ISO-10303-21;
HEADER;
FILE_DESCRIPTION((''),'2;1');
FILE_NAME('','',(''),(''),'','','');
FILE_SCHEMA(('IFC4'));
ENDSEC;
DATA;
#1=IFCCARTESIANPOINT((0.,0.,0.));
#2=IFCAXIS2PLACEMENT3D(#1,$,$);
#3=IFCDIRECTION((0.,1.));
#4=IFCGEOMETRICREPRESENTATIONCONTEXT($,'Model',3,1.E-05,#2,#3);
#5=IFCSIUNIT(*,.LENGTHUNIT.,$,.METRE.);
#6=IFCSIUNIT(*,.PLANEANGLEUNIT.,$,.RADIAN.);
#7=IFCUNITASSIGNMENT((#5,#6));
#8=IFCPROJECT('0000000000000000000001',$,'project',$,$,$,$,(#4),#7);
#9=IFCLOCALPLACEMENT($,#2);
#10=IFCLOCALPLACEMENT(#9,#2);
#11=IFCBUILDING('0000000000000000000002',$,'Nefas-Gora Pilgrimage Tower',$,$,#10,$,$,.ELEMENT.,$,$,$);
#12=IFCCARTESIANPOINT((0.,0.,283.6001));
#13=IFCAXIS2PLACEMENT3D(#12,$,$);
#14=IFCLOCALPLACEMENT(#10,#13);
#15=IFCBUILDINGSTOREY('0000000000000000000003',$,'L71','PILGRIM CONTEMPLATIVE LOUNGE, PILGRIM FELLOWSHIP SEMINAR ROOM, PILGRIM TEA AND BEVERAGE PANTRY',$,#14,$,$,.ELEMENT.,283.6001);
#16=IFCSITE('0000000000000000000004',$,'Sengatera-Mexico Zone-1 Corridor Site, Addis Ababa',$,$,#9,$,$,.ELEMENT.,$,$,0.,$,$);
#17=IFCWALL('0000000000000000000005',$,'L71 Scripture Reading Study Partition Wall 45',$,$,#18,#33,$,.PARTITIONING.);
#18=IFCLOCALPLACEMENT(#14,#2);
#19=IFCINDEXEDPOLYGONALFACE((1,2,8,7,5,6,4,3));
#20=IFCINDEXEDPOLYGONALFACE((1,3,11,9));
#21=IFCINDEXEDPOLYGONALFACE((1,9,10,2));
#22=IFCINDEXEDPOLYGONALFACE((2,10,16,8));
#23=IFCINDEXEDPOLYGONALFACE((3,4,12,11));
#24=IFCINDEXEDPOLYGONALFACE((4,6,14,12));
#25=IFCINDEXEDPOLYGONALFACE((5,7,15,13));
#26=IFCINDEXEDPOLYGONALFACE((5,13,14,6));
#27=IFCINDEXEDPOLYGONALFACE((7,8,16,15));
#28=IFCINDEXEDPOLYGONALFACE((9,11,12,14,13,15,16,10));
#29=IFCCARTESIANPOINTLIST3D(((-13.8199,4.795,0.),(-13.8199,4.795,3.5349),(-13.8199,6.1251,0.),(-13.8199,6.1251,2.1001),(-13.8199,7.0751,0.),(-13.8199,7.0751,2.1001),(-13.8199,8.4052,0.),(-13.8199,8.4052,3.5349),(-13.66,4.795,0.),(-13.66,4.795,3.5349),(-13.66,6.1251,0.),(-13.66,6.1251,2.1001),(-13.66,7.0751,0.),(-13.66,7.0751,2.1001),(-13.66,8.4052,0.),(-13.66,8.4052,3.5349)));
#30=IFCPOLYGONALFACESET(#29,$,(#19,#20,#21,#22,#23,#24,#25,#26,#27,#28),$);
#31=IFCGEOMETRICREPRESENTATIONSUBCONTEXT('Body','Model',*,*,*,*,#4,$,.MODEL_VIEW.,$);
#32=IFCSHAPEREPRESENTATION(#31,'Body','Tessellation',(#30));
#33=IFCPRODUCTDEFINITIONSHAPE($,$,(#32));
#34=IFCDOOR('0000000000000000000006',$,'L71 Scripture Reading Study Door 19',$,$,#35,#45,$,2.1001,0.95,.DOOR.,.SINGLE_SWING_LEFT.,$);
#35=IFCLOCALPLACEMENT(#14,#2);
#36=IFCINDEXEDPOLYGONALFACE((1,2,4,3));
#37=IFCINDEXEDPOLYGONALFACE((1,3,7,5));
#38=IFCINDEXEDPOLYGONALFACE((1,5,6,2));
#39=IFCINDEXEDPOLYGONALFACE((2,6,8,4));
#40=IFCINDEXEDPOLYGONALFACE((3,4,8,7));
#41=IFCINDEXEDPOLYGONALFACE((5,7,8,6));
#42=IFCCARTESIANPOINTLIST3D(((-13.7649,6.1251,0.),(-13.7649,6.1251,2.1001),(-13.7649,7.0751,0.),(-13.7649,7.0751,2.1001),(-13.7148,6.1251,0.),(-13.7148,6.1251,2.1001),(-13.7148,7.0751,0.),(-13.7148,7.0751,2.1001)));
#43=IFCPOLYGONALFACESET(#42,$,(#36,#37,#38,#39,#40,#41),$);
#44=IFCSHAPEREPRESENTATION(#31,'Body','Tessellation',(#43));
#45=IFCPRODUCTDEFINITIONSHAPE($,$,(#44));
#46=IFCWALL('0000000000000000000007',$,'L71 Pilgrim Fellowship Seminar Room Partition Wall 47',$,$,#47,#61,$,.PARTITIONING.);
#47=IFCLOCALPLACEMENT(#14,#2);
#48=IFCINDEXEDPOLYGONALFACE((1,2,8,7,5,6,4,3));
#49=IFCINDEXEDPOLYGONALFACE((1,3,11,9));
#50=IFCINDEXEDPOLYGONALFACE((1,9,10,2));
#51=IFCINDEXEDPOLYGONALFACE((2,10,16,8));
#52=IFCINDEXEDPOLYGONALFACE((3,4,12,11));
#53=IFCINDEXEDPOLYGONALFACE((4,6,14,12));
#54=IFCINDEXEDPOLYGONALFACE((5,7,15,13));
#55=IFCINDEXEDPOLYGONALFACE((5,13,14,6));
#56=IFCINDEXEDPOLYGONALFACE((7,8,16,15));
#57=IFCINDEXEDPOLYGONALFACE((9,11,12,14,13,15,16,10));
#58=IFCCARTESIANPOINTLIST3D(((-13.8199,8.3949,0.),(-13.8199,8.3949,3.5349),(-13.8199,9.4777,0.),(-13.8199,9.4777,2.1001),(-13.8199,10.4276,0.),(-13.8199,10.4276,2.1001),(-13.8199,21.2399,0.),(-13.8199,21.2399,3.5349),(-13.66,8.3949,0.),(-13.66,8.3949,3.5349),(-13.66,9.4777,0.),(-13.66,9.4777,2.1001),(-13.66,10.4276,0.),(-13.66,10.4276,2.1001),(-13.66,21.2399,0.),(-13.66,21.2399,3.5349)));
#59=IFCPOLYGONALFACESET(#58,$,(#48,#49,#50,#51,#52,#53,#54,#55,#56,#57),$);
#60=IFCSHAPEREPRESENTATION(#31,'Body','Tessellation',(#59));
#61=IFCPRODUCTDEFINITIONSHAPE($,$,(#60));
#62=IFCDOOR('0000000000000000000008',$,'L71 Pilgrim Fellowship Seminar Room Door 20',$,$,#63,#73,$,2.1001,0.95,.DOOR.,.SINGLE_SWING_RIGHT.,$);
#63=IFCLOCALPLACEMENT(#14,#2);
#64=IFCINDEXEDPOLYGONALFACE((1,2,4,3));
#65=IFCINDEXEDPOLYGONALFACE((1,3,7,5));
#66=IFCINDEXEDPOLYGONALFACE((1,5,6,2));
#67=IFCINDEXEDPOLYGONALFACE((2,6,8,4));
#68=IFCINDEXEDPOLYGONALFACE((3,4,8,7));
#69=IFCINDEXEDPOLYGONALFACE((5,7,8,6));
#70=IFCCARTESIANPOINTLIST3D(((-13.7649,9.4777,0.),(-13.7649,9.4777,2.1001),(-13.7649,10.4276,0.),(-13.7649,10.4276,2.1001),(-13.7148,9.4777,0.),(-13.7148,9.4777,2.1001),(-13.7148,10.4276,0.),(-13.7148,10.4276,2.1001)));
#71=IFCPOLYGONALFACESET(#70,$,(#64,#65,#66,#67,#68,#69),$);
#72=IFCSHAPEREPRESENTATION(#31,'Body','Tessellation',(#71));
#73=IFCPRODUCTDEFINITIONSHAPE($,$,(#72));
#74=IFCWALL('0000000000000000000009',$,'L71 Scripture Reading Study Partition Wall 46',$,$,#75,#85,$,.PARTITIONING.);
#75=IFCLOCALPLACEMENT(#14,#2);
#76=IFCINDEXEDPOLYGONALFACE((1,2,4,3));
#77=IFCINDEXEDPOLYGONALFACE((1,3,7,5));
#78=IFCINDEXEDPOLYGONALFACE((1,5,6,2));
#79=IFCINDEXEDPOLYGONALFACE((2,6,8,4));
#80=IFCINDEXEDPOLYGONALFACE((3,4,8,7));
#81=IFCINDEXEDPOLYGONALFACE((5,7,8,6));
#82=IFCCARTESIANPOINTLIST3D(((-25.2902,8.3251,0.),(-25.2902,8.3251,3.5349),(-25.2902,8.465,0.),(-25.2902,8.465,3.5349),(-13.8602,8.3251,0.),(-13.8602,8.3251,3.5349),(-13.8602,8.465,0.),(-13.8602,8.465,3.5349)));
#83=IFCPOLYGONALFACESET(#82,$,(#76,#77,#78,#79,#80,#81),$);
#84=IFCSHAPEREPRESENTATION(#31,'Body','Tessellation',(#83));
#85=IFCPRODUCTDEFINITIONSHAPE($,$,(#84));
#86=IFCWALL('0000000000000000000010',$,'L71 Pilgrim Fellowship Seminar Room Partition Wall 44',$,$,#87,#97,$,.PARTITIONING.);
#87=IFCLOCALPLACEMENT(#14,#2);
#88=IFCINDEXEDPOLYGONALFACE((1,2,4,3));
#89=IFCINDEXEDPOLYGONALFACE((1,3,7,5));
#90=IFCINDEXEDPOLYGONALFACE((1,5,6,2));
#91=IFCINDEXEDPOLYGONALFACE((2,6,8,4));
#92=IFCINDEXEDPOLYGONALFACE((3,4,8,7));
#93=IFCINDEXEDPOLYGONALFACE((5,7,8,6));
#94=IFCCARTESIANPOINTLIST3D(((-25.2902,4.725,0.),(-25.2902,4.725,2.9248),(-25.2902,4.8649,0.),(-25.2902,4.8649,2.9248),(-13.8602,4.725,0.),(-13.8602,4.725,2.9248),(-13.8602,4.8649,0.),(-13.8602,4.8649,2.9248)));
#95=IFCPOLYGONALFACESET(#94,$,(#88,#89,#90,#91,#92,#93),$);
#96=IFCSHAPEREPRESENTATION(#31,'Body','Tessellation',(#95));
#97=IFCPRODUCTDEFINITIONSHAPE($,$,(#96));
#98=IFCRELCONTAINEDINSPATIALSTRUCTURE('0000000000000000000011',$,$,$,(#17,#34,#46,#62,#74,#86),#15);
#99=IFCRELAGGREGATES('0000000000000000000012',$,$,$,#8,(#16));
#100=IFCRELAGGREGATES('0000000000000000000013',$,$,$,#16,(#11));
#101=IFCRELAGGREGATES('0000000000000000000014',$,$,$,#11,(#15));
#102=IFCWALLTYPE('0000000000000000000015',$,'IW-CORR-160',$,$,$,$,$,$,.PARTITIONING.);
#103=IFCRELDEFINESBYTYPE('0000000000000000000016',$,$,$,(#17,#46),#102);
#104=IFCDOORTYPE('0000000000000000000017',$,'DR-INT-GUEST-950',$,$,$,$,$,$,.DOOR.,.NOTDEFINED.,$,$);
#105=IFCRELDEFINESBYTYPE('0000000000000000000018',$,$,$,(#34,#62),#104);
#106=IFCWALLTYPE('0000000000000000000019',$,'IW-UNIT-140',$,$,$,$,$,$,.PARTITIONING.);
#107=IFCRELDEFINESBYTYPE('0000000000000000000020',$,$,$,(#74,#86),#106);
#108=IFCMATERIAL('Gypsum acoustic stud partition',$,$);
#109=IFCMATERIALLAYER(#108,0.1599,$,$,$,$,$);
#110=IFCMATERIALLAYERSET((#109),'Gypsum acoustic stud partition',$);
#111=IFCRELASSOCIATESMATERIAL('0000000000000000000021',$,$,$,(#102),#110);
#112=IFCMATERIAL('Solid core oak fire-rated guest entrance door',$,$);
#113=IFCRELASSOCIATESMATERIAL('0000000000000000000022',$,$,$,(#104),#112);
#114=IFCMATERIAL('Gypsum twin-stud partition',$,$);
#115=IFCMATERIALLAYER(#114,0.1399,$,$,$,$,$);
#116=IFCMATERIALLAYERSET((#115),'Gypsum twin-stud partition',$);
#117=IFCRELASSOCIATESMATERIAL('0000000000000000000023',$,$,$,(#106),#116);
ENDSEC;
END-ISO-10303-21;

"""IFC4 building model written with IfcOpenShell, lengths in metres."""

from ifc_helpers import new_model, si_unit, direction, frame, frame_2d, origin, place, context, subcontext, project, spatial, rectangle, extrude, source, transform, mapped, material, layer, layer_set, type_object, element, fill, save


model = new_model("IFC4")

# Units and contexts
model_context = context("Model", 3, precision=1e-05, world=origin(), true_north=direction((0.0, 1.0)))
body_context = subcontext(model_context, "Body", "Model", "MODEL_VIEW")
ifc_project = project(units=[si_unit("LENGTHUNIT", "METRE"), si_unit("PLANEANGLEUNIT", "RADIAN")], contexts=[model_context])

# Site, building, storey
site_placement = place(None, origin())
site = spatial("IfcSite", under=ifc_project, at=site_placement, Name="Sengatera-Mexico Zone-1 Corridor Site, Addis Ababa", CompositionType="ELEMENT", RefElevation=0.0)
building_placement = place(site_placement, origin())
building = spatial("IfcBuilding", under=site, at=building_placement, Name="Nefas-Gora Pilgrimage Tower", CompositionType="ELEMENT")
storey_placement = place(building_placement, frame((0.0, 0.0, 283.6001)))
storey = spatial("IfcBuildingStorey", under=building, at=storey_placement, Name="L71", Description="PILGRIM CONTEMPLATIVE LOUNGE, PILGRIM FELLOWSHIP SEMINAR ROOM, PILGRIM TEA AND BEVERAGE PANTRY", CompositionType="ELEMENT", Elevation=283.6001)

# Walls, openings, doors
ifc_material_1 = material(Name="Gypsum acoustic stud partition")
ifc_layer_1 = layer(ifc_material_1, 0.1599)
ifc_layer_set_1 = layer_set([ifc_layer_1], Name="Gypsum acoustic stud partition")
wall_type_1 = type_object("IfcWallType", Name="IW-CORR-160", PredefinedType="PARTITIONING", material=ifc_layer_set_1)
shared_shape_1 = source(origin(), body_context, "Body", "SweptSolid", [
    extrude(rectangle(XDim=3.6101, YDim=0.1599, at=frame_2d((1.8052, 0.0))), origin(), (0.0, 0.0, 1.0), 3.5349),
])
wall_1_placement = place(storey_placement, frame((-13.74, 4.7949, 0.0), z_axis=(0.0, 0.0, 1.0), x_axis=(0.0, 1.0, 0.0)))
wall_1 = element("IfcWall", 1, at=wall_1_placement, inside=storey, type_object=wall_type_1, Name="L71 Scripture Reading Study Partition Wall 45", PredefinedType="PARTITIONING", context=body_context, shape_type="MappedRepresentation", body=[
    mapped(shared_shape_1, transform((0.0, 0.0, 0.0), x_axis=(1.0, 0.0, 0.0), y_axis=(0.0, 1.0, 0.0), z_axis=(0.0, 0.0, 1.0), scale=1.0)),
])
opening_1_placement = place(wall_1_placement, frame((1.3301, 0.0, 0.0)))
opening_1 = element("IfcOpeningElement", 2, at=opening_1_placement, cuts=wall_1, PredefinedType="OPENING", context=body_context, shape_type="SweptSolid", body=[
    extrude(rectangle(XDim=0.95, YDim=2.1001, at=frame_2d((0.4751, 1.05))), frame((0.0, 0.0898, 0.0), z_axis=(0.0, -1.0, 0.0), x_axis=(1.0, 0.0, 0.0)), (0.0, 0.0, 1.0), 0.1799),
])
ifc_material_2 = material(Name="Solid core oak fire-rated guest entrance door")
door_type = type_object("IfcDoorType", Name="DR-INT-GUEST-950", OperationType="NOTDEFINED", PredefinedType="DOOR", material=ifc_material_2)
shared_shape_2 = source(origin(), body_context, "Body", "SweptSolid", [
    extrude(rectangle(XDim=0.95, YDim=2.1001, at=frame_2d((0.4751, 1.05))), frame((0.0, 0.0249, 0.0), z_axis=(0.0, -1.0, 0.0), x_axis=(1.0, 0.0, 0.0)), (0.0, 0.0, 1.0), 0.05),
])
door_1_placement = place(opening_1_placement, origin())
door_1 = element("IfcDoor", 3, at=door_1_placement, inside=storey, type_object=door_type, Name="L71 Scripture Reading Study Door 19", OperationType="SINGLE_SWING_LEFT", OverallHeight=2.1001, OverallWidth=0.95, PredefinedType="DOOR", context=body_context, shape_type="MappedRepresentation", body=[
    mapped(shared_shape_2, transform((0.0, 0.0, 0.0), x_axis=(1.0, 0.0, 0.0), y_axis=(0.0, 1.0, 0.0), z_axis=(0.0, 0.0, 1.0), scale=1.0)),
])
fill(opening_1, door_1)
shared_shape_3 = source(origin(), body_context, "Body", "SweptSolid", [
    extrude(rectangle(XDim=12.845, YDim=0.1599, at=frame_2d((6.4224, 0.0))), origin(), (0.0, 0.0, 1.0), 3.5349),
])
wall_2_placement = place(storey_placement, frame((-13.74, 8.395, 0.0), z_axis=(0.0, 0.0, 1.0), x_axis=(0.0, 1.0, 0.0)))
wall_2 = element("IfcWall", 4, at=wall_2_placement, inside=storey, type_object=wall_type_1, Name="L71 Pilgrim Fellowship Seminar Room Partition Wall 47", PredefinedType="PARTITIONING", context=body_context, shape_type="MappedRepresentation", body=[
    mapped(shared_shape_3, transform((0.0, 0.0, 0.0), x_axis=(1.0, 0.0, 0.0), y_axis=(0.0, 1.0, 0.0), z_axis=(0.0, 0.0, 1.0), scale=1.0)),
])
opening_2_placement = place(wall_2_placement, frame((1.0825, 0.0, 0.0)))
opening_2 = element("IfcOpeningElement", 5, at=opening_2_placement, cuts=wall_2, PredefinedType="OPENING", context=body_context, shape_type="SweptSolid", body=[
    extrude(rectangle(XDim=0.95, YDim=2.1001, at=frame_2d((0.4751, 1.05))), frame((0.0, 0.0898, 0.0), z_axis=(0.0, -1.0, 0.0), x_axis=(1.0, 0.0, 0.0)), (0.0, 0.0, 1.0), 0.1799),
])
door_2_placement = place(opening_2_placement, origin())
door_2 = element("IfcDoor", 6, at=door_2_placement, inside=storey, type_object=door_type, Name="L71 Pilgrim Fellowship Seminar Room Door 20", OperationType="SINGLE_SWING_RIGHT", OverallHeight=2.1001, OverallWidth=0.95, PredefinedType="DOOR", context=body_context, shape_type="MappedRepresentation", body=[
    mapped(shared_shape_2, transform((0.0, 0.0, 0.0), x_axis=(1.0, 0.0, 0.0), y_axis=(0.0, 1.0, 0.0), z_axis=(0.0, 0.0, 1.0), scale=1.0)),
])
fill(opening_2, door_2)

# Walls
ifc_material_3 = material(Name="Gypsum twin-stud partition")
ifc_layer_2 = layer(ifc_material_3, 0.1399)
ifc_layer_set_2 = layer_set([ifc_layer_2], Name="Gypsum twin-stud partition")
wall_type_2 = type_object("IfcWallType", Name="IW-UNIT-140", PredefinedType="PARTITIONING", material=ifc_layer_set_2)
shared_shape_4 = source(origin(), body_context, "Body", "SweptSolid", [
    extrude(rectangle(XDim=11.4299, YDim=0.1399, at=frame_2d((5.7148, 0.0))), origin(), (0.0, 0.0, 1.0), 3.5349),
])
wall_3_placement = place(storey_placement, frame((-25.29, 8.395, 0.0), z_axis=(0.0, 0.0, 1.0), x_axis=(1.0, 0.0, 0.0)))
element("IfcWall", 7, at=wall_3_placement, inside=storey, type_object=wall_type_2, Name="L71 Scripture Reading Study Partition Wall 46", PredefinedType="PARTITIONING", context=body_context, shape_type="MappedRepresentation", body=[
    mapped(shared_shape_4, transform((0.0, 0.0, 0.0), x_axis=(1.0, 0.0, 0.0), y_axis=(0.0, 1.0, 0.0), z_axis=(0.0, 0.0, 1.0), scale=1.0)),
])
shared_shape_5 = source(origin(), body_context, "Body", "SweptSolid", [
    extrude(rectangle(XDim=11.4299, YDim=0.1399, at=frame_2d((5.7148, 0.0))), origin(), (0.0, 0.0, 1.0), 2.9248),
])
wall_4_placement = place(storey_placement, frame((-25.29, 4.7949, 0.0), z_axis=(0.0, 0.0, 1.0), x_axis=(1.0, 0.0, 0.0)))
element("IfcWall", 8, at=wall_4_placement, inside=storey, type_object=wall_type_2, Name="L71 Pilgrim Fellowship Seminar Room Partition Wall 44", PredefinedType="PARTITIONING", context=body_context, shape_type="MappedRepresentation", body=[
    mapped(shared_shape_5, transform((0.0, 0.0, 0.0), x_axis=(1.0, 0.0, 0.0), y_axis=(0.0, 1.0, 0.0), z_axis=(0.0, 0.0, 1.0), scale=1.0)),
])

save(model, "model.ifc")
